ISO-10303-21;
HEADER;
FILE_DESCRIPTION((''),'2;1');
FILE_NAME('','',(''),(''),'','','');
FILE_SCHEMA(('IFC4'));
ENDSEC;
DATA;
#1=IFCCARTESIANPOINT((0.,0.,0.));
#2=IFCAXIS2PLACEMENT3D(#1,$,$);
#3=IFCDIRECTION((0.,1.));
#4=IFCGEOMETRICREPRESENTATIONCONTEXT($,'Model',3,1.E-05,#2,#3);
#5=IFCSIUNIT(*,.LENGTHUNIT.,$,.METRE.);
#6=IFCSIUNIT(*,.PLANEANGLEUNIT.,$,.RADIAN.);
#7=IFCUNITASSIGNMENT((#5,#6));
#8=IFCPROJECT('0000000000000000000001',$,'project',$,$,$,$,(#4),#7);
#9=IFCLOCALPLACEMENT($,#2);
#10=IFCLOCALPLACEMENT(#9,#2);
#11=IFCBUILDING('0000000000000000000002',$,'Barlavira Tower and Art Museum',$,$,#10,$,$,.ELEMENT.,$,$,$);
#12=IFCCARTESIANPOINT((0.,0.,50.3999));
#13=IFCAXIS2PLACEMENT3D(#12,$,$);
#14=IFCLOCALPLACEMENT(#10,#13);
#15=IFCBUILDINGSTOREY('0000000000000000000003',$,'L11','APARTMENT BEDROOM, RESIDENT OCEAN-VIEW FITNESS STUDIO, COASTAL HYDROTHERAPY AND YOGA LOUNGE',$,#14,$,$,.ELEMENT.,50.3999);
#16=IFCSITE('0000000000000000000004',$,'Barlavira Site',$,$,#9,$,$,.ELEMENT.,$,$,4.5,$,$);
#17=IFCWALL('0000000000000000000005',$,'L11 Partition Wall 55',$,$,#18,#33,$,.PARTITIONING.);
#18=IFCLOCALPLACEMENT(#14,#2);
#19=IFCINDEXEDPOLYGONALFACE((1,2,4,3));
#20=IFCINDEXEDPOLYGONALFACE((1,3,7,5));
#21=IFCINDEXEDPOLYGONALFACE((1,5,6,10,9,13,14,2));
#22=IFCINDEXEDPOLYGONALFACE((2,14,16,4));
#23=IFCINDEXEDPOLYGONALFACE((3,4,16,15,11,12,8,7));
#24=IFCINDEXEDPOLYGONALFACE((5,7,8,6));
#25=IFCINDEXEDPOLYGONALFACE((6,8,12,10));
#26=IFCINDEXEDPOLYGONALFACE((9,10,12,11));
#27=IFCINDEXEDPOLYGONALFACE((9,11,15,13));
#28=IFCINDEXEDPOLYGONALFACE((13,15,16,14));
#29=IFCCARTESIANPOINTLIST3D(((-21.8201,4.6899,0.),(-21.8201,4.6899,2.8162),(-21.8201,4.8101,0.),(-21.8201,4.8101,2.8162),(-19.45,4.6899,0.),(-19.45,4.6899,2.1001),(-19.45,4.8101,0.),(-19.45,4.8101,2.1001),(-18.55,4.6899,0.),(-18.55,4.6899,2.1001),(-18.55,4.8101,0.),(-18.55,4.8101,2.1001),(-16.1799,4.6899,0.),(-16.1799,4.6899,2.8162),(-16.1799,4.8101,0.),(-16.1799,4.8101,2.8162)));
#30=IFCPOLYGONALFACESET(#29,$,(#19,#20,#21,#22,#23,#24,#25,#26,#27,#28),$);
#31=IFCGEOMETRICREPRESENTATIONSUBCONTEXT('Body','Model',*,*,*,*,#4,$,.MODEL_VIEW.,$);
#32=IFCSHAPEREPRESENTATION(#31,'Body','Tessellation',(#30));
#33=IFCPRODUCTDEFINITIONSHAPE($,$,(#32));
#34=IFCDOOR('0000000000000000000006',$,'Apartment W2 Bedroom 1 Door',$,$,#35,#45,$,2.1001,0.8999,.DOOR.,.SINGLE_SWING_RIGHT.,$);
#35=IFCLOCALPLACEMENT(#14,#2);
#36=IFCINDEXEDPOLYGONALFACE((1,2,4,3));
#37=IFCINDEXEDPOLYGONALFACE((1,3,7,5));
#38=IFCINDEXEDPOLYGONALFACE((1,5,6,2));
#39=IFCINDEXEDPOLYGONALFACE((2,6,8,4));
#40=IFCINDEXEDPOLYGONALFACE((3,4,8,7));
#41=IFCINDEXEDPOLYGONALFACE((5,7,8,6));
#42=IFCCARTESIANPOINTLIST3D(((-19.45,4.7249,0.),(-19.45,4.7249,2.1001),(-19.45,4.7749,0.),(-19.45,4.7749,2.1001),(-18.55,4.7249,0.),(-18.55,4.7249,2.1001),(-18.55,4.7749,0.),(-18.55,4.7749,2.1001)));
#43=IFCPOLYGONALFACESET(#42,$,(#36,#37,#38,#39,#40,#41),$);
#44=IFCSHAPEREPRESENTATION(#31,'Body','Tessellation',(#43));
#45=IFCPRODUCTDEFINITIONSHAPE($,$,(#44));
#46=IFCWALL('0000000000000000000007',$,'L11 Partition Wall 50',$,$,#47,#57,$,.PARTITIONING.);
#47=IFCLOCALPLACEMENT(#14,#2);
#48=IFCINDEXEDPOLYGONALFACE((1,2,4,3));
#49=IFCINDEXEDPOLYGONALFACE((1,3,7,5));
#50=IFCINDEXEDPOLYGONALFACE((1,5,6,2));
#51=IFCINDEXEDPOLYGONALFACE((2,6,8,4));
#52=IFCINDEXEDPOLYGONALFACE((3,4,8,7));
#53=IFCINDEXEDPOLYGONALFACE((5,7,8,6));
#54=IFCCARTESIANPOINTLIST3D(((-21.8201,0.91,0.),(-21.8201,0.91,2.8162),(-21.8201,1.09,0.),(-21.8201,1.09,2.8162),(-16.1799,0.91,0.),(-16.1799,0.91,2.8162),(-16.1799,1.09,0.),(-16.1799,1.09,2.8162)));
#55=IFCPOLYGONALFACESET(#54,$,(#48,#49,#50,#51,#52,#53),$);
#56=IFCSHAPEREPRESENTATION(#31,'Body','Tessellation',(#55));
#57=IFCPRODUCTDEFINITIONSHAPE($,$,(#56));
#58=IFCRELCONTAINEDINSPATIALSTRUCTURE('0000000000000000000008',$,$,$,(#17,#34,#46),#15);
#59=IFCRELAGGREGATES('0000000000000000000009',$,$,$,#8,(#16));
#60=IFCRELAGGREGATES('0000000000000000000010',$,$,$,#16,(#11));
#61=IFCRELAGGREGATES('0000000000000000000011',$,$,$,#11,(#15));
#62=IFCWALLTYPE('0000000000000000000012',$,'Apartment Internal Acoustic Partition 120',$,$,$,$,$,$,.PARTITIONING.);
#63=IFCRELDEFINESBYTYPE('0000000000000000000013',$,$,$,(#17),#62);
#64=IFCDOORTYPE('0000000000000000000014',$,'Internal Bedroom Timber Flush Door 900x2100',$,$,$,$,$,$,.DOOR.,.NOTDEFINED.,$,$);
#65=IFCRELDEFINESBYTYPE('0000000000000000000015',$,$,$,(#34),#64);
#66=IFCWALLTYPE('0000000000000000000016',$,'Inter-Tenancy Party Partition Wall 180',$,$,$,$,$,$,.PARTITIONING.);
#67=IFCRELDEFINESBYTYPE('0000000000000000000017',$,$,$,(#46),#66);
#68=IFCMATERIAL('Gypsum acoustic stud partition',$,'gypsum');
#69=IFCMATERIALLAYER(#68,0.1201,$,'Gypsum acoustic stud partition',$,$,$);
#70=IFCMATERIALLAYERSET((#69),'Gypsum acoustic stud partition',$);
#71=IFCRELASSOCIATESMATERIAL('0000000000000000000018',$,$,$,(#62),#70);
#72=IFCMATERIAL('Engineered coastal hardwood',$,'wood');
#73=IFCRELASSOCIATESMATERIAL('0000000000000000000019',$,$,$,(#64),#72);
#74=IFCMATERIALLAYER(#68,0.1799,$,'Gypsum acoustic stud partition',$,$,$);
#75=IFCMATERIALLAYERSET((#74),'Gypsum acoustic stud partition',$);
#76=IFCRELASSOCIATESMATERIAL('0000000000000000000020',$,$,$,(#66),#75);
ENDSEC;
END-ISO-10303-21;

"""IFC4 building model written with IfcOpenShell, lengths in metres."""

from ifc_helpers import new_model, si_unit, direction, frame, frame_2d, origin, place, context, subcontext, project, spatial, rectangle, extrude, material, layer, layer_set, type_object, element, fill, save


model = new_model("IFC4")

# Units and contexts
model_context = context("Model", 3, precision=1e-05, world=origin(), true_north=direction((0.0, 1.0)))
body_context = subcontext(model_context, "Body", "Model", "MODEL_VIEW")
ifc_project = project(units=[si_unit("LENGTHUNIT", "METRE"), si_unit("PLANEANGLEUNIT", "RADIAN")], contexts=[model_context])

# Site, building, storey
site_placement = place(None, origin())
site = spatial("IfcSite", under=ifc_project, at=site_placement, Name="Barlavira Site", CompositionType="ELEMENT", RefElevation=4.5)
building_placement = place(site_placement, origin())
building = spatial("IfcBuilding", under=site, at=building_placement, Name="Barlavira Tower and Art Museum", CompositionType="ELEMENT")
storey_placement = place(building_placement, frame((0.0, 0.0, 50.3999)))
storey = spatial("IfcBuildingStorey", under=building, at=storey_placement, Name="L11", Description="APARTMENT BEDROOM, RESIDENT OCEAN-VIEW FITNESS STUDIO, COASTAL HYDROTHERAPY AND YOGA LOUNGE", CompositionType="ELEMENT", Elevation=50.3999)

# Wall, opening, door
ifc_material_1 = material(Name="Gypsum acoustic stud partition", Category="gypsum")
ifc_layer_1 = layer(ifc_material_1, 0.1201, Name="Gypsum acoustic stud partition")
ifc_layer_set_1 = layer_set([ifc_layer_1], Name="Gypsum acoustic stud partition")
wall_type_1 = type_object("IfcWallType", Name="Apartment Internal Acoustic Partition 120", PredefinedType="PARTITIONING", material=ifc_layer_set_1)
ifc_material_2 = material(Name="Engineered coastal hardwood", Category="wood")
wall_1_placement = place(storey_placement, frame((-21.8201, 4.75, 0.0), z_axis=(0.0, 0.0, 1.0), x_axis=(1.0, 0.0, 0.0)))
wall_1 = element("IfcWall", 1, at=wall_1_placement, inside=storey, type_object=wall_type_1, Name="L11 Partition Wall 55", PredefinedType="PARTITIONING", context=body_context, shape_type="SweptSolid", body=[
    extrude(rectangle(XDim=5.6401, YDim=0.1201, at=frame_2d((2.8201, 0.0))), origin(), (0.0, 0.0, 1.0), 2.8162),
])
opening_1_placement = place(wall_1_placement, frame((2.3701, 0.0, 0.0)))
opening_1 = element("IfcOpeningElement", 2, at=opening_1_placement, cuts=wall_1, PredefinedType="OPENING", context=body_context, shape_type="SweptSolid", body=[
    extrude(rectangle(XDim=0.8999, YDim=2.1001, at=frame_2d((0.45, 1.05))), frame((0.0, 0.0701, 0.0), z_axis=(0.0, -1.0, 0.0), x_axis=(1.0, 0.0, 0.0)), (0.0, 0.0, 1.0), 0.1401),
])
door_type_1 = type_object("IfcDoorType", Name="Internal Bedroom Timber Flush Door 900x2100", OperationType="NOTDEFINED", PredefinedType="DOOR", material=ifc_material_2)
door_1_placement = place(opening_1_placement, origin())
door_1 = element("IfcDoor", 3, at=door_1_placement, inside=storey, type_object=door_type_1, Name="Apartment W2 Bedroom 1 Door", OperationType="SINGLE_SWING_RIGHT", OverallHeight=2.1001, OverallWidth=0.8999, PredefinedType="DOOR", context=body_context, shape_type="SweptSolid", body=[
    extrude(rectangle(XDim=0.8999, YDim=2.1001, at=frame_2d((0.45, 1.05))), frame((0.0, 0.0249, 0.0), z_axis=(0.0, -1.0, 0.0), x_axis=(1.0, 0.0, 0.0)), (0.0, 0.0, 1.0), 0.05),
])
fill(opening_1, door_1)

# Wall
ifc_layer_2 = layer(ifc_material_1, 0.1799, Name="Gypsum acoustic stud partition")
ifc_layer_set_2 = layer_set([ifc_layer_2], Name="Gypsum acoustic stud partition")
wall_type_2 = type_object("IfcWallType", Name="Inter-Tenancy Party Partition Wall 180", PredefinedType="PARTITIONING", material=ifc_layer_set_2)
wall_2_placement = place(storey_placement, frame((-21.8201, 1.0, 0.0), z_axis=(0.0, 0.0, 1.0), x_axis=(1.0, 0.0, 0.0)))
element("IfcWall", 4, at=wall_2_placement, inside=storey, type_object=wall_type_2, Name="L11 Partition Wall 50", PredefinedType="PARTITIONING", context=body_context, shape_type="SweptSolid", body=[
    extrude(rectangle(XDim=5.6401, YDim=0.1799, at=frame_2d((2.8201, 0.0))), origin(), (0.0, 0.0, 1.0), 2.8162),
])

save(model, "model.ifc")
